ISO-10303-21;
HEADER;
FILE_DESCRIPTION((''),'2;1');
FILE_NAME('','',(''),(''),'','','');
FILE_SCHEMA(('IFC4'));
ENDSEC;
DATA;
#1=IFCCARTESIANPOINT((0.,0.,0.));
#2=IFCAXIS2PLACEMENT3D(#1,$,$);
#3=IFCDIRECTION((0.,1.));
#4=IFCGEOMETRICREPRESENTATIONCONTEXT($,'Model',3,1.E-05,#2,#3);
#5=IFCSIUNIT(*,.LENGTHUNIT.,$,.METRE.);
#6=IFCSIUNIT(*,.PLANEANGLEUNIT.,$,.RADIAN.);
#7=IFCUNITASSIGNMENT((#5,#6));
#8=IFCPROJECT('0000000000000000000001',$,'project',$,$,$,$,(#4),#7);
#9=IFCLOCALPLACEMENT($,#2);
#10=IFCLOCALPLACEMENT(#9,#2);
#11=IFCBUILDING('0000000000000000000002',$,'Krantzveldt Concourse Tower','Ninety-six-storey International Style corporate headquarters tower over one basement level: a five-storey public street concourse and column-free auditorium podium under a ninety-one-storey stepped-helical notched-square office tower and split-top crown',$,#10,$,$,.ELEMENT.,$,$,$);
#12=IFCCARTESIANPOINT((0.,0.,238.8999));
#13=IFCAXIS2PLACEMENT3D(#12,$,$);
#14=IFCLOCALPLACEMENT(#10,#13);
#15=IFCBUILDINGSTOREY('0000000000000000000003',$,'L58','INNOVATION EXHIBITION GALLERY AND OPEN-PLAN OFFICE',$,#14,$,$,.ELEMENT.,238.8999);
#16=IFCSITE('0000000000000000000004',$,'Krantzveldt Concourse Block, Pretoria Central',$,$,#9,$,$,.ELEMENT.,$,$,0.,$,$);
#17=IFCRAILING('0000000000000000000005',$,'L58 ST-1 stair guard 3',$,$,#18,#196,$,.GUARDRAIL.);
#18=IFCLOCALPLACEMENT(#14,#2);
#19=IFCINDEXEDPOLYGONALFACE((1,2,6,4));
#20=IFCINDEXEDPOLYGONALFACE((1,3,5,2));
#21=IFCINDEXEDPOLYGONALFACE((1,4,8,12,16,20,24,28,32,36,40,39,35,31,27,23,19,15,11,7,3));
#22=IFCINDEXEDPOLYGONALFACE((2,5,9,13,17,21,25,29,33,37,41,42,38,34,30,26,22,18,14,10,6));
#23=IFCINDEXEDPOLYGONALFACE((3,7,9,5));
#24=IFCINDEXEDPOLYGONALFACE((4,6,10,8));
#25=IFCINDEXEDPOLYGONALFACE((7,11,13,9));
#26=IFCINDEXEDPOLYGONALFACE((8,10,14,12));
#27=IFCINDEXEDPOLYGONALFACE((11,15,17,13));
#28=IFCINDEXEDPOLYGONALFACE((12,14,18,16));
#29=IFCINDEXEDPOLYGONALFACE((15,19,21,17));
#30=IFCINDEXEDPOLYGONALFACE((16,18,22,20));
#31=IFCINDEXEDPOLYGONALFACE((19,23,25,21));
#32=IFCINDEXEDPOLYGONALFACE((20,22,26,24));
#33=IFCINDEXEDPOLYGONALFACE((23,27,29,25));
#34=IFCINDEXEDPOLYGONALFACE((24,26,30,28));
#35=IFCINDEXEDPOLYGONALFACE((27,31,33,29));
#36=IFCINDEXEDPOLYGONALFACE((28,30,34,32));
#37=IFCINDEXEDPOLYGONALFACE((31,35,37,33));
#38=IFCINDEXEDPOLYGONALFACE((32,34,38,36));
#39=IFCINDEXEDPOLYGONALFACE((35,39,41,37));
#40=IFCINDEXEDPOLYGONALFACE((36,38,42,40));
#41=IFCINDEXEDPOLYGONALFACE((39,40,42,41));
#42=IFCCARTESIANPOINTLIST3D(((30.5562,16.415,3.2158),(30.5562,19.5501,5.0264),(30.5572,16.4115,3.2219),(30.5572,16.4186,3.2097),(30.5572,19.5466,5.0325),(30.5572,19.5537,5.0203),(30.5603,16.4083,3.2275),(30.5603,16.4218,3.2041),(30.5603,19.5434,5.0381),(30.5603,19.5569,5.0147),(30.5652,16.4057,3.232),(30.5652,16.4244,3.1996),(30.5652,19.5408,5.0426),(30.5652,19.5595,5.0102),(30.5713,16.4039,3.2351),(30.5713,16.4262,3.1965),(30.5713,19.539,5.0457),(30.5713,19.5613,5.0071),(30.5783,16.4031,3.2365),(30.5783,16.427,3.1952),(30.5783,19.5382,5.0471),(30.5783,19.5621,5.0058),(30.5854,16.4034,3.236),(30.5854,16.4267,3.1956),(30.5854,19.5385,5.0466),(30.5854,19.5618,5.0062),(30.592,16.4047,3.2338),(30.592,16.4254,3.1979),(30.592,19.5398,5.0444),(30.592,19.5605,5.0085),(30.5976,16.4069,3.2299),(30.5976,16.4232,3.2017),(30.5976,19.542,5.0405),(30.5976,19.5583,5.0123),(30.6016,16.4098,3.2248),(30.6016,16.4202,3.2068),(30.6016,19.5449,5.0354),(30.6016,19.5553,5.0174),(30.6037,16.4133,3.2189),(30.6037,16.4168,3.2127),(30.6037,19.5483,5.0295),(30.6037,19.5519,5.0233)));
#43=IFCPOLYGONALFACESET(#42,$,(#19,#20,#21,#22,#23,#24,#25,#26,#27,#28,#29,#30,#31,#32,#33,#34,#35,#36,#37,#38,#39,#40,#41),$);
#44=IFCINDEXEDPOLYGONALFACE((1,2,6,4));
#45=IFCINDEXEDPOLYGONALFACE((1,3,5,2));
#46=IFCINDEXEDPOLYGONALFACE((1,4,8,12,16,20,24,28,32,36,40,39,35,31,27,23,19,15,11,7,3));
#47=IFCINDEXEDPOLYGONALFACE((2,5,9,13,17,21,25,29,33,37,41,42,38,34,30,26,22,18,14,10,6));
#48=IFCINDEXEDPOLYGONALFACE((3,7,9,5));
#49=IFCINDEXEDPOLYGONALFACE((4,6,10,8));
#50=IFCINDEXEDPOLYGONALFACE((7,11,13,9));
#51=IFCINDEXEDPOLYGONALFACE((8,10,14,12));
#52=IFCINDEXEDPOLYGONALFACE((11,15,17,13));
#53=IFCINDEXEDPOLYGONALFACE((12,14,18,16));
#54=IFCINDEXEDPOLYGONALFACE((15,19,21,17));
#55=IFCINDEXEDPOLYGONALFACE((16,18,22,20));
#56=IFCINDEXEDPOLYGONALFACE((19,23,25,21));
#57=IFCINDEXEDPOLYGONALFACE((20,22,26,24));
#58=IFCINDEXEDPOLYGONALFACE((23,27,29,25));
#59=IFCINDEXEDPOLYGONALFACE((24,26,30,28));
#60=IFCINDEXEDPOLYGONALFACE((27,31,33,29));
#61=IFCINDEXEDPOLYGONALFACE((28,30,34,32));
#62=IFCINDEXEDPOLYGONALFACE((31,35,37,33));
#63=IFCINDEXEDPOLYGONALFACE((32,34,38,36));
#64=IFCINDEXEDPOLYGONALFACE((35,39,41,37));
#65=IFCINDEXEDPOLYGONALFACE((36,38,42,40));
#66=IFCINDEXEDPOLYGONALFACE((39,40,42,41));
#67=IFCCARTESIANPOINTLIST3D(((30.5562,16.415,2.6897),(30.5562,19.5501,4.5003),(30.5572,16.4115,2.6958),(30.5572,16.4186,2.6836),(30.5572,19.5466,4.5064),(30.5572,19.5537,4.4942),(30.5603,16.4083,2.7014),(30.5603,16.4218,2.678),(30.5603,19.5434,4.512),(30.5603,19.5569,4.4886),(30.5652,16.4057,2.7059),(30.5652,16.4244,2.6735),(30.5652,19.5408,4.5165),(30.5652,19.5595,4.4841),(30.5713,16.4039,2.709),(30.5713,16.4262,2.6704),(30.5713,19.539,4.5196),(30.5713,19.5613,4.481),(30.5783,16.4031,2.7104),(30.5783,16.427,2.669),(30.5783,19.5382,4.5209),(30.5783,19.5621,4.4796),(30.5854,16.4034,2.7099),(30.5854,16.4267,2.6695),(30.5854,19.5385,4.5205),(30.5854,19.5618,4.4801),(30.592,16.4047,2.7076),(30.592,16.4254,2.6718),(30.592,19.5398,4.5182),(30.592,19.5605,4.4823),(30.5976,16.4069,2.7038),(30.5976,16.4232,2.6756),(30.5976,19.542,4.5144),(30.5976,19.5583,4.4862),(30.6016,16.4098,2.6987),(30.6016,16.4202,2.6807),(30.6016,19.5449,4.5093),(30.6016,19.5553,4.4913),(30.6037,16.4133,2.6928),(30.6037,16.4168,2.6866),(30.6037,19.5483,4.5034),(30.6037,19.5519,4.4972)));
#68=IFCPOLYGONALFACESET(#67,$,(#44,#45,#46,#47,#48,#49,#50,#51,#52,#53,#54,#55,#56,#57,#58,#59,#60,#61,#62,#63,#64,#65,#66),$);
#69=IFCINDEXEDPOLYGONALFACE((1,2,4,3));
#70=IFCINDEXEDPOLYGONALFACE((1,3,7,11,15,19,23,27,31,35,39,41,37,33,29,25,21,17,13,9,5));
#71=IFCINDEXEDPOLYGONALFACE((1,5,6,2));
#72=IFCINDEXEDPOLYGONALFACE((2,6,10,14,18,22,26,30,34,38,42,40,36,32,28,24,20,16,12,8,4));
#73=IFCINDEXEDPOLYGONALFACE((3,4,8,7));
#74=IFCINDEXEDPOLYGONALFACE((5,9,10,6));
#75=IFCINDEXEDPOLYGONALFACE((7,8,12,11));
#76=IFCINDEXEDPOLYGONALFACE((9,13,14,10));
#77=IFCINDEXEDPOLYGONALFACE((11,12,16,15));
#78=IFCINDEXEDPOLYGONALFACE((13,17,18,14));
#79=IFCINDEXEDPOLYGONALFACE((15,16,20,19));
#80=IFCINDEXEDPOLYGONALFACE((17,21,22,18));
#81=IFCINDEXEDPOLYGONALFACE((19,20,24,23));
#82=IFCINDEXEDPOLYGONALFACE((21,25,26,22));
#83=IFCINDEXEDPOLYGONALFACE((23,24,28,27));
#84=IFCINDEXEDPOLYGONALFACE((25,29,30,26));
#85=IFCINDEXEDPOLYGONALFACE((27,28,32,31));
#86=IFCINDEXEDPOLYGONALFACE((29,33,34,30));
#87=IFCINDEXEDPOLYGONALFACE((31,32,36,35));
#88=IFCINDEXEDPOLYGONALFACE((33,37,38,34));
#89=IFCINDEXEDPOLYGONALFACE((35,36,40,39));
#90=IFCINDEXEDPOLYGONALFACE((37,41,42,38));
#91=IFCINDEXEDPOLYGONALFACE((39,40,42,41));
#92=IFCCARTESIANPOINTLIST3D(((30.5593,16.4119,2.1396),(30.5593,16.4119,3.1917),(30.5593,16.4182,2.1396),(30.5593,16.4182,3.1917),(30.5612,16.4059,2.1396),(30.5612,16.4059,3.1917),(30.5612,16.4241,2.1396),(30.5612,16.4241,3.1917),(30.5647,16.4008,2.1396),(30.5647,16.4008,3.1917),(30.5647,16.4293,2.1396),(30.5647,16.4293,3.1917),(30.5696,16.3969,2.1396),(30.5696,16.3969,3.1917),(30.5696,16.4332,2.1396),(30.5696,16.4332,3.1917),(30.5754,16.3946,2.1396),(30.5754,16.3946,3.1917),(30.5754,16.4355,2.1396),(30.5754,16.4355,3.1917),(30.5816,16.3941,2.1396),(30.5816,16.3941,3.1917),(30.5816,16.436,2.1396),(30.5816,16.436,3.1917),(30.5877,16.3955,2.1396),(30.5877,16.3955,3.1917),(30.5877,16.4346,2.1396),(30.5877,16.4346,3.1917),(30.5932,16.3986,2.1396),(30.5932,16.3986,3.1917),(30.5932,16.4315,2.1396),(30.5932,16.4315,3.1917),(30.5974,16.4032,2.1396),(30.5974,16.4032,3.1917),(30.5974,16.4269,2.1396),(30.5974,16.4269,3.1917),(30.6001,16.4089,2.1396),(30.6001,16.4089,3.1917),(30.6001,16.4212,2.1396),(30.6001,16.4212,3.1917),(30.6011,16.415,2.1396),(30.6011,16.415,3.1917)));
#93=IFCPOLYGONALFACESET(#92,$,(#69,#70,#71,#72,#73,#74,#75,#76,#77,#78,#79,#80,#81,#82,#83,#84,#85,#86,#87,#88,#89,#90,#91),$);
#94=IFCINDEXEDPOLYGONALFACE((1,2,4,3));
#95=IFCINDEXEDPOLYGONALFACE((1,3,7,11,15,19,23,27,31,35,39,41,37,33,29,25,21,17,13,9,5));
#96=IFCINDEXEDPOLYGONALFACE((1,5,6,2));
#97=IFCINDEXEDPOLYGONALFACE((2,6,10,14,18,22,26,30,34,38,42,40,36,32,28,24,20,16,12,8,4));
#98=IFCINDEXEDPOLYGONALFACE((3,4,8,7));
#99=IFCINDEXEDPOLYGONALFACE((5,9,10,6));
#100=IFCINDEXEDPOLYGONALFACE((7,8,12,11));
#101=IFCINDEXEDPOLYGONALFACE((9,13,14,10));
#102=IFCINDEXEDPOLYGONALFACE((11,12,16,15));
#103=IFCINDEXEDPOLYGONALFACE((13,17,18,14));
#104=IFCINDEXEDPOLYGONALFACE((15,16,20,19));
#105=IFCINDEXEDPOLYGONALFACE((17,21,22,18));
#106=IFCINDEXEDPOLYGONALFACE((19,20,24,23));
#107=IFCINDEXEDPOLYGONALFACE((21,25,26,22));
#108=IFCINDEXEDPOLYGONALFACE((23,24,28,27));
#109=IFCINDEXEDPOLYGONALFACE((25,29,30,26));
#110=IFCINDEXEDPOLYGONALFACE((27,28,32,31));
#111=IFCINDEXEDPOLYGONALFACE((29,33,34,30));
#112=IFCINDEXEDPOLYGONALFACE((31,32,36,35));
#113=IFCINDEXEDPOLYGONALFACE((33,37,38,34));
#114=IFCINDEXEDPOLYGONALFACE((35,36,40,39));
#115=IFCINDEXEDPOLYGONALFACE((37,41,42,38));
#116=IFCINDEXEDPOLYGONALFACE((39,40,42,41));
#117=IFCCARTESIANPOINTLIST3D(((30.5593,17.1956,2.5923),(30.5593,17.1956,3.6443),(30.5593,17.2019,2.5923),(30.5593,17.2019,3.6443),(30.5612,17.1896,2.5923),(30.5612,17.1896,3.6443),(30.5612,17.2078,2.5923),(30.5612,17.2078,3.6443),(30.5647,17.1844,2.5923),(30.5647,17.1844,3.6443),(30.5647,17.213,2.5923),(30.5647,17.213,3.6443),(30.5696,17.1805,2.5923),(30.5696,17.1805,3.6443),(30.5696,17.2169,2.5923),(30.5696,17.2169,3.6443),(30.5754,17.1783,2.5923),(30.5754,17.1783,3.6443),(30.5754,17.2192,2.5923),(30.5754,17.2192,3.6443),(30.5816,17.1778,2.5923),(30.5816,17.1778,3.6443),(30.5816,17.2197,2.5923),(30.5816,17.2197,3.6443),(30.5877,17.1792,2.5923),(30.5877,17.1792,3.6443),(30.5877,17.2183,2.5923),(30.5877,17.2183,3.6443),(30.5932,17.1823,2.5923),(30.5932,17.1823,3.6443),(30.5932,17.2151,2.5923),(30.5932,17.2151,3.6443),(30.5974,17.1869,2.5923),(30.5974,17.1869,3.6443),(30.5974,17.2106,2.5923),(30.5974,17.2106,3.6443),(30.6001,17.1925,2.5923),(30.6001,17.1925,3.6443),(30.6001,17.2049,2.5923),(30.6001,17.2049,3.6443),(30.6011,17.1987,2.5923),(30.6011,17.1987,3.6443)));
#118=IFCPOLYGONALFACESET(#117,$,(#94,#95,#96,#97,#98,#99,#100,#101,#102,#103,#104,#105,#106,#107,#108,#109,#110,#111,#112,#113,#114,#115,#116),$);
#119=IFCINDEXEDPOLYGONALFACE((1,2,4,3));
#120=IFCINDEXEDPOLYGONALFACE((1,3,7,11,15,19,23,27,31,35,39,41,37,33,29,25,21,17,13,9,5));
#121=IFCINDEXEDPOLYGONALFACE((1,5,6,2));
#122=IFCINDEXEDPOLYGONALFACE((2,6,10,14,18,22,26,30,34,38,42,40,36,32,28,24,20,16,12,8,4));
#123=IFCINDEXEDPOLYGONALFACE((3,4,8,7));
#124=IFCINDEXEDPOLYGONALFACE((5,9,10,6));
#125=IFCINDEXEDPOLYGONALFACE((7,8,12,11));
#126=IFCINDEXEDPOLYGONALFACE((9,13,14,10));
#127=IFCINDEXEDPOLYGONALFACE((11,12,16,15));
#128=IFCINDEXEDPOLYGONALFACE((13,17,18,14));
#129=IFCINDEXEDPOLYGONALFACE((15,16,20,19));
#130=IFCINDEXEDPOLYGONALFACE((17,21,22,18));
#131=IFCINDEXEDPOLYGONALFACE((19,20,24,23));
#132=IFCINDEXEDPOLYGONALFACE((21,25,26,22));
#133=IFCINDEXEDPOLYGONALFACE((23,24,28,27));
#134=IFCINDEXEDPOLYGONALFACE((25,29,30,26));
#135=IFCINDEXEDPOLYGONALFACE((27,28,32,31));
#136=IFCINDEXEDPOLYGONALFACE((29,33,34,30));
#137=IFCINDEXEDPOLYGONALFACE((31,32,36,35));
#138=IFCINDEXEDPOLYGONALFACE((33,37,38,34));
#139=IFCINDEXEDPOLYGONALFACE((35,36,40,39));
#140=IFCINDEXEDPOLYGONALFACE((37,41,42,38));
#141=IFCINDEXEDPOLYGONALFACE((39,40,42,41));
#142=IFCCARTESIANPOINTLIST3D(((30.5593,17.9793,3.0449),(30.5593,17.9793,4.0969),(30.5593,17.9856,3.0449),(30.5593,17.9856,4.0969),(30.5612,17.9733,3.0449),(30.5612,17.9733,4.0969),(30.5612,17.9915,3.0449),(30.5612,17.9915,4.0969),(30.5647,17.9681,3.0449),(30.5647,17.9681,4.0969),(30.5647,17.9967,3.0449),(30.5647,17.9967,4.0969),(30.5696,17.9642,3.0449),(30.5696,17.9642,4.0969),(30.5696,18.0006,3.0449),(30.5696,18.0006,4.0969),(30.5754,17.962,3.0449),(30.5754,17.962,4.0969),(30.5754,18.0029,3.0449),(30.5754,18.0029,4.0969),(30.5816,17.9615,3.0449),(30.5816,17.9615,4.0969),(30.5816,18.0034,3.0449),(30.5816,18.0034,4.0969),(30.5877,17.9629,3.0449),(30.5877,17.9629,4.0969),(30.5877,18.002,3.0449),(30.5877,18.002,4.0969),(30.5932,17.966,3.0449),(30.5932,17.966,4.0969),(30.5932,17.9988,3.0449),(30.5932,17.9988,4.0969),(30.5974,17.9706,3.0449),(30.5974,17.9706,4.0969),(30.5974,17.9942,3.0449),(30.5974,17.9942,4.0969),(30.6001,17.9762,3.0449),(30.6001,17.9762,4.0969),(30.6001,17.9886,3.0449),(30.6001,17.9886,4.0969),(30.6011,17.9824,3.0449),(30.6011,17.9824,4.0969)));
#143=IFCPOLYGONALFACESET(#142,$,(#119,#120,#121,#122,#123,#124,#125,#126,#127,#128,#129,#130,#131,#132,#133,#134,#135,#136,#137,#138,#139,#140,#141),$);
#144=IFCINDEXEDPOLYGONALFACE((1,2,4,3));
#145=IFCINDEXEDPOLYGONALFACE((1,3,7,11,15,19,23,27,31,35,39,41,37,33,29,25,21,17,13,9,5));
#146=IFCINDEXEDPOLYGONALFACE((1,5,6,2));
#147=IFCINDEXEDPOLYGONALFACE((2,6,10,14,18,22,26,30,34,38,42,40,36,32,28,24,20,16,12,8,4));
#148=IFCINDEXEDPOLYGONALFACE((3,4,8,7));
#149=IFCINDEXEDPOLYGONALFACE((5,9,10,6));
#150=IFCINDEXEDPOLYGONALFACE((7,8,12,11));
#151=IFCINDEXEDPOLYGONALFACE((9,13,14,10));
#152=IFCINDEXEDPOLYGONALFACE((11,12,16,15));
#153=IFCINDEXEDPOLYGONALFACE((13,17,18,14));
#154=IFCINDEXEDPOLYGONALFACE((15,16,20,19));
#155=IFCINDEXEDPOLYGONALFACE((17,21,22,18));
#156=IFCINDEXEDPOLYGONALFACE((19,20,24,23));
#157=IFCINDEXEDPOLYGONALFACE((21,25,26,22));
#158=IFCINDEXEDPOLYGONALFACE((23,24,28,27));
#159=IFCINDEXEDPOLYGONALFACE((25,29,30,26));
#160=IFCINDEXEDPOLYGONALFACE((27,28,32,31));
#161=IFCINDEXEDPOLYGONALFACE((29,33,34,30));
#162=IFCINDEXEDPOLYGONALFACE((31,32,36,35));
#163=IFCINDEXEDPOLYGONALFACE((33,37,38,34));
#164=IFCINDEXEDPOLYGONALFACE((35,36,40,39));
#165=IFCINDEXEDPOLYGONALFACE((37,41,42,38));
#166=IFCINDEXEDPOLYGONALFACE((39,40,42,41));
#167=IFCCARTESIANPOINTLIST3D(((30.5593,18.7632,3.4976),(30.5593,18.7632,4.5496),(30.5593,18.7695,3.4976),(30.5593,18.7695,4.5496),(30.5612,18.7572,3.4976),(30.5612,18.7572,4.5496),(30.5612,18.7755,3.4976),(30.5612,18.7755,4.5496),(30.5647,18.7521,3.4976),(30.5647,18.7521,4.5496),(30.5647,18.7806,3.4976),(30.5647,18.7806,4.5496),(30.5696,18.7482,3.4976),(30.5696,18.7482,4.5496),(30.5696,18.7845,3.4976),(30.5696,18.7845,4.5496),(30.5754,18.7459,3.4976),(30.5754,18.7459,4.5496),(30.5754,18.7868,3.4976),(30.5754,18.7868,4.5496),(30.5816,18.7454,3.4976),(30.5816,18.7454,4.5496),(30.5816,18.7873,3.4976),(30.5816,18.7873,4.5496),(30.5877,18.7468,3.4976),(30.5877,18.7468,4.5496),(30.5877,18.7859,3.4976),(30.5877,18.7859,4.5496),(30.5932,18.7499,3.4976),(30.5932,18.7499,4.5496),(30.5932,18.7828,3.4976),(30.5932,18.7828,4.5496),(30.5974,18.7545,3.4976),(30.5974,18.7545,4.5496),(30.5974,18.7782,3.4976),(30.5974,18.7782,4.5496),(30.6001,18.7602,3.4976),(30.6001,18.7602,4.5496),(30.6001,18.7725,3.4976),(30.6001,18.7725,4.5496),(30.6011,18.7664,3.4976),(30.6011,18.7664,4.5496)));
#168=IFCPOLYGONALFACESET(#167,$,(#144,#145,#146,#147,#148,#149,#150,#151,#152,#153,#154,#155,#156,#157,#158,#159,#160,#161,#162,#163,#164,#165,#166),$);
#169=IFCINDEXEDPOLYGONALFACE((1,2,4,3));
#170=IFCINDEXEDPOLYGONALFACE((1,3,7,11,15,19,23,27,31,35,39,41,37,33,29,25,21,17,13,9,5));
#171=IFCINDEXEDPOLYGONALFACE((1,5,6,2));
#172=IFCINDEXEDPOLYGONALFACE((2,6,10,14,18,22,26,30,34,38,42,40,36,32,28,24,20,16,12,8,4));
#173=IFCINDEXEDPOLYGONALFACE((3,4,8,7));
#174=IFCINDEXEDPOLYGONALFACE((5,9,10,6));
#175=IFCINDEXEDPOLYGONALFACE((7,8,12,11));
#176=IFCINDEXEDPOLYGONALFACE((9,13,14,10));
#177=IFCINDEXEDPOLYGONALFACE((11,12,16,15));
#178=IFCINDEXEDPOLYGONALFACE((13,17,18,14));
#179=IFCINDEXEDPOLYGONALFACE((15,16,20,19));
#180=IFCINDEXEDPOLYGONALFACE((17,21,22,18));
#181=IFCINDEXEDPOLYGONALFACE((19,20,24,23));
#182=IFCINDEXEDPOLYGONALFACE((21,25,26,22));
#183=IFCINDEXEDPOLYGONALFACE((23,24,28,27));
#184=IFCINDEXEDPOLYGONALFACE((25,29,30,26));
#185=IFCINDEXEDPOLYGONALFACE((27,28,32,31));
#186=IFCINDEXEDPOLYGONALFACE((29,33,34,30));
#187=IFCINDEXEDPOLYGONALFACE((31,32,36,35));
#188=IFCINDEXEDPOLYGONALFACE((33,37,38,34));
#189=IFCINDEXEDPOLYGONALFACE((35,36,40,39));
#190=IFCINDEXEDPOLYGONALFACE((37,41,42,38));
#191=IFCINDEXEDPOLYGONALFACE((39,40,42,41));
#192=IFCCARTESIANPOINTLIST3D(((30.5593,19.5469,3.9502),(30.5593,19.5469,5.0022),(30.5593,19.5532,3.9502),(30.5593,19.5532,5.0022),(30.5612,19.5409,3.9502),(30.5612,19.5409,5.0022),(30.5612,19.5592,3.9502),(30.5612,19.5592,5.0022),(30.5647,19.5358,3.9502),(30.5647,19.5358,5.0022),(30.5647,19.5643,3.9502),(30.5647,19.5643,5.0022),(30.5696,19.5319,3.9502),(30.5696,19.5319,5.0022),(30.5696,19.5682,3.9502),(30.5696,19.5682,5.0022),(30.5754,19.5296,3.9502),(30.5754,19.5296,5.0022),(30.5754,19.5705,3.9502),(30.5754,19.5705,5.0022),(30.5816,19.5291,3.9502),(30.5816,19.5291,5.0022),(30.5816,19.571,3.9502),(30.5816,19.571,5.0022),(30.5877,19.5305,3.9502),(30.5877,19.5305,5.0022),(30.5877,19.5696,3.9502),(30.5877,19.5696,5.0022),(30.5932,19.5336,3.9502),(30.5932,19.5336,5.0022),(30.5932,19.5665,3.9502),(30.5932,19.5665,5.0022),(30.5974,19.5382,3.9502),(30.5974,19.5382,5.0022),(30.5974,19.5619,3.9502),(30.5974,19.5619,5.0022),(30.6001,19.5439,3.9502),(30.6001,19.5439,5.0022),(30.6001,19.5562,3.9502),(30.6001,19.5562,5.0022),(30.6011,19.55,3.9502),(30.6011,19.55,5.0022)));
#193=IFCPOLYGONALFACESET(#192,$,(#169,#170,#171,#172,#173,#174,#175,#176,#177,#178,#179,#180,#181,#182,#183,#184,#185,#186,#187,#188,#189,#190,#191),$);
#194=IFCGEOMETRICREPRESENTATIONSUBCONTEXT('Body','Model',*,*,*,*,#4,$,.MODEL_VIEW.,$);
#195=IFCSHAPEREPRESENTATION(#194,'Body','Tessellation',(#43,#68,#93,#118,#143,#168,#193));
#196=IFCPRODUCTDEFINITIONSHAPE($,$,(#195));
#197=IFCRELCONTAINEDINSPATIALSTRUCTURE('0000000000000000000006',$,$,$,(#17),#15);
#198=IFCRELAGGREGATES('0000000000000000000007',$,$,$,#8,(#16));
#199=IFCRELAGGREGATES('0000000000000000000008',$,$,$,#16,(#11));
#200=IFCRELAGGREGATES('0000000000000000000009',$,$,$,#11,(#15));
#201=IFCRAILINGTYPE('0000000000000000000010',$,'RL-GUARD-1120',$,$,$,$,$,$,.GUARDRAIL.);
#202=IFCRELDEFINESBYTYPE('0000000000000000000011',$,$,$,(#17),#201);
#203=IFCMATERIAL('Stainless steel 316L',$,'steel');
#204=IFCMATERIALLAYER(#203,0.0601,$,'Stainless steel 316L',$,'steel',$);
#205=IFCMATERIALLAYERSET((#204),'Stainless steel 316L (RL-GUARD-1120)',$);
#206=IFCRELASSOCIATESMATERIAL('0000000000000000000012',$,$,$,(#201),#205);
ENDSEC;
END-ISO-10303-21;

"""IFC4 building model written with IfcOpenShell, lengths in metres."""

from ifc_helpers import new_model, si_unit, direction, frame, origin, origin_2d, place, context, subcontext, project, spatial, circle, extrude, material, layer, layer_set, type_object, element, save


model = new_model("IFC4")

# Units and contexts
model_context = context("Model", 3, precision=1e-05, world=origin(), true_north=direction((0.0, 1.0)))
body_context = subcontext(model_context, "Body", "Model", "MODEL_VIEW")
ifc_project = project(units=[si_unit("LENGTHUNIT", "METRE"), si_unit("PLANEANGLEUNIT", "RADIAN")], contexts=[model_context])

# Site, building, storey
site_placement = place(None, origin())
site = spatial("IfcSite", under=ifc_project, at=site_placement, Name="Krantzveldt Concourse Block, Pretoria Central", CompositionType="ELEMENT", RefElevation=0.0)
building_placement = place(site_placement, origin())
building = spatial("IfcBuilding", under=site, at=building_placement, Name="Krantzveldt Concourse Tower", Description="Ninety-six-storey International Style corporate headquarters tower over one basement level: a five-storey public street concourse and column-free auditorium podium under a ninety-one-storey stepped-helical notched-square office tower and split-top crown", CompositionType="ELEMENT")
storey_placement = place(building_placement, frame((0.0, 0.0, 238.8999)))
storey = spatial("IfcBuildingStorey", under=building, at=storey_placement, Name="L58", Description="INNOVATION EXHIBITION GALLERY AND OPEN-PLAN OFFICE", CompositionType="ELEMENT", Elevation=238.8999)

# Shared definitions
ifc_material_1 = material(Name="Stainless steel 316L", Category="steel")

# Railing
ifc_layer_1 = layer(ifc_material_1, 0.0601, Name="Stainless steel 316L", Category="steel")
ifc_layer_set_1 = layer_set([ifc_layer_1], Name="Stainless steel 316L (RL-GUARD-1120)")
railing_type_1 = type_object("IfcRailingType", Name="RL-GUARD-1120", PredefinedType="GUARDRAIL", material=ifc_layer_set_1)
railing_1_placement = place(storey_placement, frame((30.5801, 16.415, 2.1396)))
element("IfcRailing", 1, at=railing_1_placement, inside=storey, type_object=railing_type_1, Name="L58 ST-1 stair guard 3", PredefinedType="GUARDRAIL", context=body_context, shape_type="SweptSolid", body=[
    extrude(circle(Radius=0.0239, at=origin_2d()), frame((0.0, 0.0, 1.0762), z_axis=(0.0, 0.86596, 0.500114), x_axis=(-1.0, 0.0, 0.0)), (0.0, 0.0, 1.0), 3.6204),
    extrude(circle(Radius=0.0239, at=origin_2d()), frame((0.0, 0.0, 0.55), z_axis=(0.0, 0.86596, 0.500114), x_axis=(-1.0, 0.0, 0.0)), (0.0, 0.0, 1.0), 3.6204),
    extrude(circle(Radius=0.021, at=origin_2d()), origin(), (0.0, 0.0, 1.0), 1.052),
    extrude(circle(Radius=0.021, at=origin_2d()), frame((0.0, 0.7837, 0.4526)), (0.0, 0.0, 1.0), 1.052),
    extrude(circle(Radius=0.021, at=origin_2d()), frame((0.0, 1.5674, 0.9053)), (0.0, 0.0, 1.0), 1.052),
    extrude(circle(Radius=0.021, at=origin_2d()), frame((0.0, 2.3513, 1.3579)), (0.0, 0.0, 1.0), 1.052),
    extrude(circle(Radius=0.021, at=origin_2d()), frame((0.0, 3.135, 1.8105)), (0.0, 0.0, 1.0), 1.052),
])

save(model, "model.ifc")
